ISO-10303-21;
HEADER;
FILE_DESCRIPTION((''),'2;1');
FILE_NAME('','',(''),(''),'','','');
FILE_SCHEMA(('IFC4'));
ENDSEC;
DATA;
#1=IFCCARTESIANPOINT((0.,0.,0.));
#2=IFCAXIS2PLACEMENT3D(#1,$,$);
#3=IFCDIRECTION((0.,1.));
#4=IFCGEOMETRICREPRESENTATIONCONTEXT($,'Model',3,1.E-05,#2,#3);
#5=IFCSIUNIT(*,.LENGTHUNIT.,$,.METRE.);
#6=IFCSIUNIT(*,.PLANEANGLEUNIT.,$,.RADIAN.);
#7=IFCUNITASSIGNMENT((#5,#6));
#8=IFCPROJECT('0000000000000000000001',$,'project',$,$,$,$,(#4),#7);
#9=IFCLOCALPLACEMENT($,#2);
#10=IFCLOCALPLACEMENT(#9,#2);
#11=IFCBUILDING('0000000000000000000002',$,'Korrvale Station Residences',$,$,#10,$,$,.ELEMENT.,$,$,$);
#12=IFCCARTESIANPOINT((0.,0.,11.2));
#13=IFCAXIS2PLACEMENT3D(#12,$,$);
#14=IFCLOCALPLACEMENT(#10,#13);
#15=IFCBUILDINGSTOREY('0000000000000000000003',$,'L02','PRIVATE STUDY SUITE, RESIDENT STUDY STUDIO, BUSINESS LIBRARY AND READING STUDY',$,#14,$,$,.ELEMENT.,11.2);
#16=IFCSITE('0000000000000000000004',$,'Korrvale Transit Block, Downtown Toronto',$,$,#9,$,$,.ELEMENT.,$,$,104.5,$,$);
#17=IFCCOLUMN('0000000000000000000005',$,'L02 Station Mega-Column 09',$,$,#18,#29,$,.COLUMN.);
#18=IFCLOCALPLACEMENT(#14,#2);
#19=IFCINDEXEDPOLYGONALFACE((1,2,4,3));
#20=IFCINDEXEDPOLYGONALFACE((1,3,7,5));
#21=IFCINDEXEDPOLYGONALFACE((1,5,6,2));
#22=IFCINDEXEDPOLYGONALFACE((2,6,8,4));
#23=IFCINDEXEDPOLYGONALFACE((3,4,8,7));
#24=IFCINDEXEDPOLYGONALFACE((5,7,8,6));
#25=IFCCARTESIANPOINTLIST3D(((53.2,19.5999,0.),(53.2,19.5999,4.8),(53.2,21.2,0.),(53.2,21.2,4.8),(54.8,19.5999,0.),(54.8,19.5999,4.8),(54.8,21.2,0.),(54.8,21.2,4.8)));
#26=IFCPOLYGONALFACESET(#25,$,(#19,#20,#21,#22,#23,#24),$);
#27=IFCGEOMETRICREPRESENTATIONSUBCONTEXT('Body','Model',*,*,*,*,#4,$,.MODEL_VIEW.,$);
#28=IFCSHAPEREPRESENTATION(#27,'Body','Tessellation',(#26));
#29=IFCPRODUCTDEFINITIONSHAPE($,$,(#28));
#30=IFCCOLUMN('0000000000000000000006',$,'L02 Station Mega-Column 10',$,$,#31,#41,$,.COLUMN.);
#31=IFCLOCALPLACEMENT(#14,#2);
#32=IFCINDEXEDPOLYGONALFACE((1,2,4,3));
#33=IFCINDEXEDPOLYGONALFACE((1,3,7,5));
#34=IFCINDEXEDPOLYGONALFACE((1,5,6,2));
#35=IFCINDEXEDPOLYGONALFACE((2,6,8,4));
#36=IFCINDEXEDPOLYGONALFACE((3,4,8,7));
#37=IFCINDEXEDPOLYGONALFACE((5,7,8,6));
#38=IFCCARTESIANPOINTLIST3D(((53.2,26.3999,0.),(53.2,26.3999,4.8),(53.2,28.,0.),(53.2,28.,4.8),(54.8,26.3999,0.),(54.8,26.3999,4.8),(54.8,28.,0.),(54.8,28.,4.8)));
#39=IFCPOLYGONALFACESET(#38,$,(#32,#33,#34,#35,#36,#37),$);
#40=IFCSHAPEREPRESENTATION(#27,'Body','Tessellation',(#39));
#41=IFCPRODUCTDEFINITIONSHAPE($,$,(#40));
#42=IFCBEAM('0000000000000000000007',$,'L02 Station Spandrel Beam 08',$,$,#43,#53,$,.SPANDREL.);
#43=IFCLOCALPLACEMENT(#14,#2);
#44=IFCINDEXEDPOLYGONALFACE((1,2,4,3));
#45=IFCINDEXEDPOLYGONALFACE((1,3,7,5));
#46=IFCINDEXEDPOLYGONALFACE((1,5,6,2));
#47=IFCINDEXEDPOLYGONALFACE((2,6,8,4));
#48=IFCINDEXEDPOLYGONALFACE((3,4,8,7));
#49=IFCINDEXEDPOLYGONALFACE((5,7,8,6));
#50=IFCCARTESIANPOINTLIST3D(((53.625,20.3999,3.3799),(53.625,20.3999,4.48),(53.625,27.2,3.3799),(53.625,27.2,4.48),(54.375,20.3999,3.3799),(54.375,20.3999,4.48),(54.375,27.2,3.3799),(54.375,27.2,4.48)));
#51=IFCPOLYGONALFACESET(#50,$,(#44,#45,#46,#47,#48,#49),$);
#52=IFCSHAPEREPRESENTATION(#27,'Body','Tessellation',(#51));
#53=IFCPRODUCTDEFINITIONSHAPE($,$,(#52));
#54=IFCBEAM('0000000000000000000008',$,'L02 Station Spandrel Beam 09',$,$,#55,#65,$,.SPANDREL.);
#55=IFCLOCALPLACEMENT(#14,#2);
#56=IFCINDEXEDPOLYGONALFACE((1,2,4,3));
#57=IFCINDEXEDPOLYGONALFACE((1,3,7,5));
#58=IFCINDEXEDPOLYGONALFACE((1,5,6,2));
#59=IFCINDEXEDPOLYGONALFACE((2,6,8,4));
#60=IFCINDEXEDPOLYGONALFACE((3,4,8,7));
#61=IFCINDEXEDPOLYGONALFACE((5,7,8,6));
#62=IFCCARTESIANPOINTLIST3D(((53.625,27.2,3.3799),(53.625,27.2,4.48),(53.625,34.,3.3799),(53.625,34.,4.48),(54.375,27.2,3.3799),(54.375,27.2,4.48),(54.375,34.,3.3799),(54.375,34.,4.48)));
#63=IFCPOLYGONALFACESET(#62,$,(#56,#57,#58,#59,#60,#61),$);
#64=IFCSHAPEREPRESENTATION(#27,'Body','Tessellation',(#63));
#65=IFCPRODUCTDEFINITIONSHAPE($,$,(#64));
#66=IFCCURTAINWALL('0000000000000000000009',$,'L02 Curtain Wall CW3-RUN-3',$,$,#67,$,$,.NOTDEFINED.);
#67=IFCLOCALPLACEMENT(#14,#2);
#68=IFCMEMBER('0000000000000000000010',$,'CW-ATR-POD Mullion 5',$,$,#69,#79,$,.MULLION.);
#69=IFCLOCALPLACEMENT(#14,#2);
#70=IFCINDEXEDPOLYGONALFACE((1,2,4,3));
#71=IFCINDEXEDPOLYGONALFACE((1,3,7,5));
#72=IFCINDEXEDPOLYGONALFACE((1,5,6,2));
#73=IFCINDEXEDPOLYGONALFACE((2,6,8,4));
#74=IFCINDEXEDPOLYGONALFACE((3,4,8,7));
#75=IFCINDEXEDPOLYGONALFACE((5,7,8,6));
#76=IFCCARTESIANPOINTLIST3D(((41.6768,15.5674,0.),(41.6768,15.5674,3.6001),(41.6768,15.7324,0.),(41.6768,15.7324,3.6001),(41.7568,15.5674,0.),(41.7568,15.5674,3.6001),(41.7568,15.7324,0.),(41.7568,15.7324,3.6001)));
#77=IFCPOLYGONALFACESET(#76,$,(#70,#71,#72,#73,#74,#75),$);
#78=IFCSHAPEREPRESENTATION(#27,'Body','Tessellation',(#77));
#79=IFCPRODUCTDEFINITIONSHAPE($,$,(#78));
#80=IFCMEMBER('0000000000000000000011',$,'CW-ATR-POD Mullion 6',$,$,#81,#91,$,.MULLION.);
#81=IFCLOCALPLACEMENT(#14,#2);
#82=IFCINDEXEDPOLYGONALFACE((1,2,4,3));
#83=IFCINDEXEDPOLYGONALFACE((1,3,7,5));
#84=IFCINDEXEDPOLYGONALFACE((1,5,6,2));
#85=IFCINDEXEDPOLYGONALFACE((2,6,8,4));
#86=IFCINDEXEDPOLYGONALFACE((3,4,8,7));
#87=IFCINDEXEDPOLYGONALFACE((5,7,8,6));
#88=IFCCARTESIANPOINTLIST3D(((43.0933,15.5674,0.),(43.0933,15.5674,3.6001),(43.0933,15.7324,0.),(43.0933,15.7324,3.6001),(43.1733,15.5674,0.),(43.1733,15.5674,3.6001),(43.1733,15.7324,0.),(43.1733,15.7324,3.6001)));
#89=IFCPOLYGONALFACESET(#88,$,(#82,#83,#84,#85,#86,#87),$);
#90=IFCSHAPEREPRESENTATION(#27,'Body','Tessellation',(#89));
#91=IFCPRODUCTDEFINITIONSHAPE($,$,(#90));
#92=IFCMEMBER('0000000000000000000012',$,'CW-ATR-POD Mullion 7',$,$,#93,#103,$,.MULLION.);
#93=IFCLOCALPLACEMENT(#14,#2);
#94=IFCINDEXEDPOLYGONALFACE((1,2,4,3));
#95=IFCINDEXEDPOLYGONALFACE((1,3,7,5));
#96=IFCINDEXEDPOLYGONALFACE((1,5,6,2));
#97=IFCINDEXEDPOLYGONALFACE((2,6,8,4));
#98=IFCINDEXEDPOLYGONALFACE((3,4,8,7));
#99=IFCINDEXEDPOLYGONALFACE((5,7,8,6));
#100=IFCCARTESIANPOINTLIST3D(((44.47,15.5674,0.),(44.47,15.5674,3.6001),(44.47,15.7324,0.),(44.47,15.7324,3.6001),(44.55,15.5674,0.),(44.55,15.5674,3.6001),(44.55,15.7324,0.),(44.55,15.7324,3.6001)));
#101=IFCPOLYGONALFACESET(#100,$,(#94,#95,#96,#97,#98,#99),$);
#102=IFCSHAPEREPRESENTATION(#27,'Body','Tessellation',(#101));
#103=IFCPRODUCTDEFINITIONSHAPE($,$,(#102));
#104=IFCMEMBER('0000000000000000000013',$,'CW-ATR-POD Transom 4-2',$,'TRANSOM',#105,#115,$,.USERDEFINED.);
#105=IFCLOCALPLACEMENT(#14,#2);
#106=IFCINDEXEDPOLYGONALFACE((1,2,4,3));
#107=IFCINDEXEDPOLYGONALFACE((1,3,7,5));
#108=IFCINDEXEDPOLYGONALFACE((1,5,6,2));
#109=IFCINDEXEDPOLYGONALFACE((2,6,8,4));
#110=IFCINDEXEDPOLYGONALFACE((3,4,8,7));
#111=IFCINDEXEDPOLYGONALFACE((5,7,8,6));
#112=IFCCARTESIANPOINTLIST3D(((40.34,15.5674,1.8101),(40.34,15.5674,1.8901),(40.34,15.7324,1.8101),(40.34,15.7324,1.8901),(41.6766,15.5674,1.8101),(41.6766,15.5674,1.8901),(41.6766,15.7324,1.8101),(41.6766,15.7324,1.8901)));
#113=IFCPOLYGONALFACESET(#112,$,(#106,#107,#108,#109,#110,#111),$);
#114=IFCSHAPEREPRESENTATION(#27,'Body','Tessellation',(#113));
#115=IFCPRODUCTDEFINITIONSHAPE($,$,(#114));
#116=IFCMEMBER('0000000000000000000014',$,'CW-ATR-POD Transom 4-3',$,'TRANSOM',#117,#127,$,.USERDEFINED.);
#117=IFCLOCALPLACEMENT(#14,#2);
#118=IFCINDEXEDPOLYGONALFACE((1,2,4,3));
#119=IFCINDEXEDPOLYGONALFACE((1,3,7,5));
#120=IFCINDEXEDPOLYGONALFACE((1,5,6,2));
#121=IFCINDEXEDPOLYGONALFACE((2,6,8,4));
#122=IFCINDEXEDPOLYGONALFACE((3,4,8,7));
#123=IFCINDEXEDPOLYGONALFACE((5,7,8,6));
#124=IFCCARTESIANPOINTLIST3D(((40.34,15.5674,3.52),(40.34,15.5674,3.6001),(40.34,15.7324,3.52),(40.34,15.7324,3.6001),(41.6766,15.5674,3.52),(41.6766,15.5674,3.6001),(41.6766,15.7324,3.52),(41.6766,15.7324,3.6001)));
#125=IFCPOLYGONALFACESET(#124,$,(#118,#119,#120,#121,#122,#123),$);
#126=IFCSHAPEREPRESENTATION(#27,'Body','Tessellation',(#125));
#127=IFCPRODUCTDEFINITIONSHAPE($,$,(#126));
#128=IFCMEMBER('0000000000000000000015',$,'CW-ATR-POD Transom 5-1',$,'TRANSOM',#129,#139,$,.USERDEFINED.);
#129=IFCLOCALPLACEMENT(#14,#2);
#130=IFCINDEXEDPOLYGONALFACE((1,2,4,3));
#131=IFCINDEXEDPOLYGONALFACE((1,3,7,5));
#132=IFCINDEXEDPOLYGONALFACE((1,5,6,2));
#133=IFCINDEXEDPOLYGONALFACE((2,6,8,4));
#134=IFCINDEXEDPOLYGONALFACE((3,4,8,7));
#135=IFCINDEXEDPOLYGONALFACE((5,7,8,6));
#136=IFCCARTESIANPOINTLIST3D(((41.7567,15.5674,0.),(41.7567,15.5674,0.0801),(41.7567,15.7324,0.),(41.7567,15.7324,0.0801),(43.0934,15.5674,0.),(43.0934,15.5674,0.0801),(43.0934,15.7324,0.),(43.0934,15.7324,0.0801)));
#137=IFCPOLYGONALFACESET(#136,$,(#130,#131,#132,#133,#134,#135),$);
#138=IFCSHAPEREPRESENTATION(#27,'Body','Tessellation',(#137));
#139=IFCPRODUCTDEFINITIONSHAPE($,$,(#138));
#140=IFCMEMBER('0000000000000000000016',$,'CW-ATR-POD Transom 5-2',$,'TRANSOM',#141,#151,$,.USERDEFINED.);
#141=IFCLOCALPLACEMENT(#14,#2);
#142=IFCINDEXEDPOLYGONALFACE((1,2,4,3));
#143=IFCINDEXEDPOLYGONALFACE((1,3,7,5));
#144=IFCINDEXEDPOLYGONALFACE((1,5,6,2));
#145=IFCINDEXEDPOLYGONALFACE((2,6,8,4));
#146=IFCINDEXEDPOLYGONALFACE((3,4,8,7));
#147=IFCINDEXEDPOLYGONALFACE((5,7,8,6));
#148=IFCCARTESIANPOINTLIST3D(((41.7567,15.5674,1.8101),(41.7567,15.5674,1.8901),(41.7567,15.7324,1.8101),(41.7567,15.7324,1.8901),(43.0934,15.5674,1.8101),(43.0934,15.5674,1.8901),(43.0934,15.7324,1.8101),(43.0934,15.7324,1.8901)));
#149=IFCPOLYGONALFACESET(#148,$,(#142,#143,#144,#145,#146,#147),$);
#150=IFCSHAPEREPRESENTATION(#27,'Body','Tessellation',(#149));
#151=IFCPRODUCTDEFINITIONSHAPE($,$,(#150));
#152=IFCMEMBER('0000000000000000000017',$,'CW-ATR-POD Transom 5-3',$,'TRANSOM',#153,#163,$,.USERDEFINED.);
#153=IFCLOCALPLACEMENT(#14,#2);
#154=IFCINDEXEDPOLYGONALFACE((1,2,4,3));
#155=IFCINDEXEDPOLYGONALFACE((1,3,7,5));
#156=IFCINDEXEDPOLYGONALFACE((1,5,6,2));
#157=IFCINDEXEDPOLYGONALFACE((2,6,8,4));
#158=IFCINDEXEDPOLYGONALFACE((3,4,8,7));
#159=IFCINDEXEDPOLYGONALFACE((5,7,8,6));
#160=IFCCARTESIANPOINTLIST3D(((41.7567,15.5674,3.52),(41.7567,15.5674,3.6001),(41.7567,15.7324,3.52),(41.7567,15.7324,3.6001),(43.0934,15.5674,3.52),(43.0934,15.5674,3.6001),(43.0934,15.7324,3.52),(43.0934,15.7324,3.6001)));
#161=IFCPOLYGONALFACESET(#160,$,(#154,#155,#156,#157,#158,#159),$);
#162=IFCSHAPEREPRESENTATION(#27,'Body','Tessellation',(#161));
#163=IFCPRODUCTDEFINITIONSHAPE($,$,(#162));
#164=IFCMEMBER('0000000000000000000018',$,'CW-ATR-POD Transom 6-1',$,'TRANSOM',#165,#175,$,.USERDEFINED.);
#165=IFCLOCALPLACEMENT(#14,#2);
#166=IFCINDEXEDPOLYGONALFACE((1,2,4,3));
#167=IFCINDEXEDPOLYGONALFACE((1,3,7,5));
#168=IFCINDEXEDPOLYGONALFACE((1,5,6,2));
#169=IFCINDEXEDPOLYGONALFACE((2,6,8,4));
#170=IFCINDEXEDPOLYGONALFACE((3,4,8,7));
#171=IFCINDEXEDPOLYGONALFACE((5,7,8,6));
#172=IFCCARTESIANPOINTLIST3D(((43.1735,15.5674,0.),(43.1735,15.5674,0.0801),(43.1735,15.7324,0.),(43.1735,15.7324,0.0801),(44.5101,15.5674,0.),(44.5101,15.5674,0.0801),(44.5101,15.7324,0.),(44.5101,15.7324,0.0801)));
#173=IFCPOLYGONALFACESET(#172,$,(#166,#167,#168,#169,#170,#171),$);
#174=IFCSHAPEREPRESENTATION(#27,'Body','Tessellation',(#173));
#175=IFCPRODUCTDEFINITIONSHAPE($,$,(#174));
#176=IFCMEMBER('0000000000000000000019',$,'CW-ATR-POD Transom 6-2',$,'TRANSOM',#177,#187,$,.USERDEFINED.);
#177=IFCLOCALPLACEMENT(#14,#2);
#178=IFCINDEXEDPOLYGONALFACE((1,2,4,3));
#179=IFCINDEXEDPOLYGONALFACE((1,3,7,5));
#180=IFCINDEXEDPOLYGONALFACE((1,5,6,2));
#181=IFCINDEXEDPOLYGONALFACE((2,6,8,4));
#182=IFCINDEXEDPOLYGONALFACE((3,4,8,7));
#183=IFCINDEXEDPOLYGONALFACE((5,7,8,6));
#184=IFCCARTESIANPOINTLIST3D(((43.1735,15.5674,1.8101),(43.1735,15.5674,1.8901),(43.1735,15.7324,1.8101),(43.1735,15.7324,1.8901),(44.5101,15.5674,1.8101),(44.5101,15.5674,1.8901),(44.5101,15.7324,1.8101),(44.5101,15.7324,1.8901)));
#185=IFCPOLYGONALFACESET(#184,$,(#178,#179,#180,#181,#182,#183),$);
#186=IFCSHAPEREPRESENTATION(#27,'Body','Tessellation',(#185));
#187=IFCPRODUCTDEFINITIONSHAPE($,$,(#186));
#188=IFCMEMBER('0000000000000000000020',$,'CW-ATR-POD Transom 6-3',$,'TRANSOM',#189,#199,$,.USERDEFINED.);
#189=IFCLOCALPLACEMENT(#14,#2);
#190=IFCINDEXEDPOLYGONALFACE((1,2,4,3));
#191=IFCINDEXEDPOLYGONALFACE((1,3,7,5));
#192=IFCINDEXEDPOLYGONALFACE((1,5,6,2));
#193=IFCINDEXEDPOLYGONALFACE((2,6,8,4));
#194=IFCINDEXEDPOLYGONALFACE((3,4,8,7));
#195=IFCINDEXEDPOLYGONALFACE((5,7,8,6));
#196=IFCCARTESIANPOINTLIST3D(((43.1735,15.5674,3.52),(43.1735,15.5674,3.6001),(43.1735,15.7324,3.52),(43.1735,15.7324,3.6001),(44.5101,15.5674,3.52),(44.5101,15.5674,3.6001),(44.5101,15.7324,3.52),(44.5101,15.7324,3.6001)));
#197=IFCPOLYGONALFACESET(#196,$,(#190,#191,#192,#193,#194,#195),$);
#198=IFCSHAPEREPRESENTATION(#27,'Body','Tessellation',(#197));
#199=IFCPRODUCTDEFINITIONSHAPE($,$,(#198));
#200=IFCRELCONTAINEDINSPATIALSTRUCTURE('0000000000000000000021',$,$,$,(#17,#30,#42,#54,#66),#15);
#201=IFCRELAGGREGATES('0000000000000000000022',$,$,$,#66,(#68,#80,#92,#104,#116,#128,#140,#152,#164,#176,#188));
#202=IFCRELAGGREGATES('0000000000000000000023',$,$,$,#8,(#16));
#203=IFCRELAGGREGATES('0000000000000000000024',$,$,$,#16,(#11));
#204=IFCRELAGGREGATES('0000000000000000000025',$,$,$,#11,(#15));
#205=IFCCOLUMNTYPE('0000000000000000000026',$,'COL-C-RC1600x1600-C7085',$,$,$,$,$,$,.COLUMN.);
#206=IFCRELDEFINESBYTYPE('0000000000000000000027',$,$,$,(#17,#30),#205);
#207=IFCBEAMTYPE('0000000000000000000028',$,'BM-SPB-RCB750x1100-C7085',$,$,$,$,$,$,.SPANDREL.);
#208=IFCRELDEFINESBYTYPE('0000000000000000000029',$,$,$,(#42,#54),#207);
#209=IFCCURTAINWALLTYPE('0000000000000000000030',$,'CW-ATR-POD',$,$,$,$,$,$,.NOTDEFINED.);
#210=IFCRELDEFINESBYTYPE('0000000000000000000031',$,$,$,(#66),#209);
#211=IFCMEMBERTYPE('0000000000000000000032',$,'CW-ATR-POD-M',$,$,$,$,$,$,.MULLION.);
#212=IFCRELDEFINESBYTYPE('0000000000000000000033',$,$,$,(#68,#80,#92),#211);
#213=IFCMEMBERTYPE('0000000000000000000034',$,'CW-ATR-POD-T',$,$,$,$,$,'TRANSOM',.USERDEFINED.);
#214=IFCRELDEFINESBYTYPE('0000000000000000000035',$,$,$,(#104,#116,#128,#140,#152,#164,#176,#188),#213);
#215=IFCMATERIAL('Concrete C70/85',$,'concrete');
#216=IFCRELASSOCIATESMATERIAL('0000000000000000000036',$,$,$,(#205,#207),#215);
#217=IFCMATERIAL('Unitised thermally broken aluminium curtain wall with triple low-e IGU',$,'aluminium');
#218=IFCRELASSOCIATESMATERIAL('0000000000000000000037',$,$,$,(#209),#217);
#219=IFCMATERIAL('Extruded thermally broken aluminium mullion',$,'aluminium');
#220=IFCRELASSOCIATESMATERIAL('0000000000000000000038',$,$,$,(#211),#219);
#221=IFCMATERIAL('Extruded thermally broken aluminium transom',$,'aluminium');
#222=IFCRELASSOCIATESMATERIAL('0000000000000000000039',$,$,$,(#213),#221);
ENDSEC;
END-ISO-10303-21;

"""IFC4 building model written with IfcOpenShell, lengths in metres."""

from ifc_helpers import new_model, si_unit, direction, frame, origin, origin_2d, place, context, subcontext, project, spatial, rectangle, extrude, material, material_profile, profile_set, type_object, element, aggregate, save


model = new_model("IFC4")

# Units and contexts
model_context = context("Model", 3, precision=1e-05, world=origin(), true_north=direction((0.0, 1.0)))
body_context = subcontext(model_context, "Body", "Model", "MODEL_VIEW")
ifc_project = project(units=[si_unit("LENGTHUNIT", "METRE"), si_unit("PLANEANGLEUNIT", "RADIAN")], contexts=[model_context])

# Site, building, storey
site_placement = place(None, origin())
site = spatial("IfcSite", under=ifc_project, at=site_placement, Name="Korrvale Transit Block, Downtown Toronto", CompositionType="ELEMENT", RefElevation=104.5)
building_placement = place(site_placement, origin())
building = spatial("IfcBuilding", under=site, at=building_placement, Name="Korrvale Station Residences", CompositionType="ELEMENT")
storey_placement = place(building_placement, frame((0.0, 0.0, 11.2)))
storey = spatial("IfcBuildingStorey", under=building, at=storey_placement, Name="L02", Description="PRIVATE STUDY SUITE, RESIDENT STUDY STUDIO, BUSINESS LIBRARY AND READING STUDY", CompositionType="ELEMENT", Elevation=11.2)

# Columns
ifc_material_1 = material(Name="Concrete C70/85", Category="concrete")
ifc_material_profile_1 = material_profile(ifc_material_1, rectangle(XDim=1.6001, YDim=1.6001, at=origin_2d()), Name="RC1600x1600")
ifc_profile_set_1 = profile_set([ifc_material_profile_1], Name="Concrete C70/85")
column_type = type_object("IfcColumnType", Name="COL-C-RC1600x1600-C7085", PredefinedType="COLUMN", material=ifc_profile_set_1)
for number, where, z_axis, x_axis, name in (
    (1, (54.0, 20.3999, 0.0), (0.0, 0.0, 1.0), (1.0, 0.0, 0.0), "L02 Station Mega-Column 09"),
    (2, (54.0, 27.2, 0.0), (0.0, 0.0, 1.0), (1.0, 0.0, 0.0), "L02 Station Mega-Column 10"),
):
    element("IfcColumn", number, at=place(storey_placement, frame(where, z_axis=z_axis, x_axis=x_axis)), inside=storey, type_object=column_type, Name=name, PredefinedType="COLUMN", context=body_context, shape_type="SweptSolid", body=[
        extrude(rectangle(XDim=1.6001, YDim=1.6001, at=origin_2d()), origin(), (0.0, 0.0, 1.0), 4.8),
    ])

# Beams
ifc_material_profile_2 = material_profile(ifc_material_1, rectangle(XDim=0.75, YDim=1.1001, at=origin_2d()), Name="RCB750x1100")
ifc_profile_set_2 = profile_set([ifc_material_profile_2], Name="Concrete C70/85")
beam_type = type_object("IfcBeamType", Name="BM-SPB-RCB750x1100-C7085", PredefinedType="SPANDREL", material=ifc_profile_set_2)
for number, where, z_axis, x_axis, name in (
    (3, (54.0, 20.3999, 3.9299), (0.0, 1.0, 0.0), (-1.0, 0.0, 0.0), "L02 Station Spandrel Beam 08"),
    (4, (54.0, 27.2, 3.9299), (0.0, 1.0, 0.0), (-1.0, 0.0, 0.0), "L02 Station Spandrel Beam 09"),
):
    element("IfcBeam", number, at=place(storey_placement, frame(where, z_axis=z_axis, x_axis=x_axis)), inside=storey, type_object=beam_type, Name=name, PredefinedType="SPANDREL", context=body_context, shape_type="SweptSolid", body=[
        extrude(rectangle(XDim=0.75, YDim=1.1001, at=origin_2d()), origin(), (0.0, 0.0, 1.0), 6.8),
    ])

# Curtain wall, members
ifc_material_2 = material(Name="Unitised thermally broken aluminium curtain wall with triple low-e IGU", Category="aluminium")
curtain_wall_type = type_object("IfcCurtainWallType", Name="CW-ATR-POD", PredefinedType="NOTDEFINED", material=ifc_material_2)
curtain_wall_placement = place(storey_placement, origin())
curtain_wall = element("IfcCurtainWall", 5, at=curtain_wall_placement, inside=storey, type_object=curtain_wall_type, Name="L02 Curtain Wall CW3-RUN-3", PredefinedType="NOTDEFINED")
ifc_material_3 = material(Name="Extruded thermally broken aluminium mullion", Category="aluminium")
member_type_1 = type_object("IfcMemberType", Name="CW-ATR-POD-M", PredefinedType="MULLION", material=ifc_material_3)
member_1_placement = place(storey_placement, frame((41.7168, 15.6499, 0.0), z_axis=(0.0, 0.0, 1.0), x_axis=(1.0, 0.0, 0.0)))
member_1 = element("IfcMember", 6, at=member_1_placement, type_object=member_type_1, Name="CW-ATR-POD Mullion 5", PredefinedType="MULLION", context=body_context, shape_type="SweptSolid", body=[
    extrude(rectangle(XDim=0.0801, YDim=0.165, at=origin_2d()), origin(), (0.0, 0.0, 1.0), 3.6001),
])
member_2_placement = place(storey_placement, frame((43.1333, 15.6499, 0.0), z_axis=(0.0, 0.0, 1.0), x_axis=(1.0, 0.0, 0.0)))
member_2 = element("IfcMember", 7, at=member_2_placement, type_object=member_type_1, Name="CW-ATR-POD Mullion 6", PredefinedType="MULLION", context=body_context, shape_type="SweptSolid", body=[
    extrude(rectangle(XDim=0.0801, YDim=0.165, at=origin_2d()), origin(), (0.0, 0.0, 1.0), 3.6001),
])
member_3_placement = place(storey_placement, frame((44.51, 15.6499, 0.0), z_axis=(0.0, 0.0, 1.0), x_axis=(1.0, 0.0, 0.0)))
member_3 = element("IfcMember", 8, at=member_3_placement, type_object=member_type_1, Name="CW-ATR-POD Mullion 7", PredefinedType="MULLION", context=body_context, shape_type="SweptSolid", body=[
    extrude(rectangle(XDim=0.0801, YDim=0.165, at=origin_2d()), origin(), (0.0, 0.0, 1.0), 3.6001),
])
ifc_material_4 = material(Name="Extruded thermally broken aluminium transom", Category="aluminium")
member_type_2 = type_object("IfcMemberType", Name="CW-ATR-POD-T", ElementType="TRANSOM", PredefinedType="USERDEFINED", material=ifc_material_4)
member_4_placement = place(storey_placement, frame((41.0083, 15.6499, 1.8101), z_axis=(0.0, 0.0, 1.0), x_axis=(1.0, 0.0, 0.0)))
member_4 = element("IfcMember", 9, at=member_4_placement, type_object=member_type_2, Name="CW-ATR-POD Transom 4-2", ObjectType="TRANSOM", PredefinedType="USERDEFINED", context=body_context, shape_type="SweptSolid", body=[
    extrude(rectangle(XDim=1.3367, YDim=0.165, at=origin_2d()), origin(), (0.0, 0.0, 1.0), 0.0801),
])
member_5_placement = place(storey_placement, frame((41.0083, 15.6499, 3.52), z_axis=(0.0, 0.0, 1.0), x_axis=(1.0, 0.0, 0.0)))
member_5 = element("IfcMember", 10, at=member_5_placement, type_object=member_type_2, Name="CW-ATR-POD Transom 4-3", ObjectType="TRANSOM", PredefinedType="USERDEFINED", context=body_context, shape_type="SweptSolid", body=[
    extrude(rectangle(XDim=1.3367, YDim=0.165, at=origin_2d()), origin(), (0.0, 0.0, 1.0), 0.0801),
])
member_6_placement = place(storey_placement, frame((42.425, 15.6499, 0.0), z_axis=(0.0, 0.0, 1.0), x_axis=(1.0, 0.0, 0.0)))
member_6 = element("IfcMember", 11, at=member_6_placement, type_object=member_type_2, Name="CW-ATR-POD Transom 5-1", ObjectType="TRANSOM", PredefinedType="USERDEFINED", context=body_context, shape_type="SweptSolid", body=[
    extrude(rectangle(XDim=1.3367, YDim=0.165, at=origin_2d()), origin(), (0.0, 0.0, 1.0), 0.0801),
])
member_7_placement = place(storey_placement, frame((42.425, 15.6499, 1.8101), z_axis=(0.0, 0.0, 1.0), x_axis=(1.0, 0.0, 0.0)))
member_7 = element("IfcMember", 12, at=member_7_placement, type_object=member_type_2, Name="CW-ATR-POD Transom 5-2", ObjectType="TRANSOM", PredefinedType="USERDEFINED", context=body_context, shape_type="SweptSolid", body=[
    extrude(rectangle(XDim=1.3367, YDim=0.165, at=origin_2d()), origin(), (0.0, 0.0, 1.0), 0.0801),
])
member_8_placement = place(storey_placement, frame((42.425, 15.6499, 3.52), z_axis=(0.0, 0.0, 1.0), x_axis=(1.0, 0.0, 0.0)))
member_8 = element("IfcMember", 13, at=member_8_placement, type_object=member_type_2, Name="CW-ATR-POD Transom 5-3", ObjectType="TRANSOM", PredefinedType="USERDEFINED", context=body_context, shape_type="SweptSolid", body=[
    extrude(rectangle(XDim=1.3367, YDim=0.165, at=origin_2d()), origin(), (0.0, 0.0, 1.0), 0.0801),
])
member_9_placement = place(storey_placement, frame((43.8418, 15.6499, 0.0), z_axis=(0.0, 0.0, 1.0), x_axis=(1.0, 0.0, 0.0)))
member_9 = element("IfcMember", 14, at=member_9_placement, type_object=member_type_2, Name="CW-ATR-POD Transom 6-1", ObjectType="TRANSOM", PredefinedType="USERDEFINED", context=body_context, shape_type="SweptSolid", body=[
    extrude(rectangle(XDim=1.3367, YDim=0.165, at=origin_2d()), origin(), (0.0, 0.0, 1.0), 0.0801),
])
member_10_placement = place(storey_placement, frame((43.8418, 15.6499, 1.8101), z_axis=(0.0, 0.0, 1.0), x_axis=(1.0, 0.0, 0.0)))
member_10 = element("IfcMember", 15, at=member_10_placement, type_object=member_type_2, Name="CW-ATR-POD Transom 6-2", ObjectType="TRANSOM", PredefinedType="USERDEFINED", context=body_context, shape_type="SweptSolid", body=[
    extrude(rectangle(XDim=1.3367, YDim=0.165, at=origin_2d()), origin(), (0.0, 0.0, 1.0), 0.0801),
])
member_11_placement = place(storey_placement, frame((43.8418, 15.6499, 3.52), z_axis=(0.0, 0.0, 1.0), x_axis=(1.0, 0.0, 0.0)))
member_11 = element("IfcMember", 16, at=member_11_placement, type_object=member_type_2, Name="CW-ATR-POD Transom 6-3", ObjectType="TRANSOM", PredefinedType="USERDEFINED", context=body_context, shape_type="SweptSolid", body=[
    extrude(rectangle(XDim=1.3367, YDim=0.165, at=origin_2d()), origin(), (0.0, 0.0, 1.0), 0.0801),
])
aggregate(curtain_wall, [member_1, member_2, member_3, member_4, member_5, member_6, member_7, member_8, member_9, member_10, member_11])

save(model, "model.ifc")
